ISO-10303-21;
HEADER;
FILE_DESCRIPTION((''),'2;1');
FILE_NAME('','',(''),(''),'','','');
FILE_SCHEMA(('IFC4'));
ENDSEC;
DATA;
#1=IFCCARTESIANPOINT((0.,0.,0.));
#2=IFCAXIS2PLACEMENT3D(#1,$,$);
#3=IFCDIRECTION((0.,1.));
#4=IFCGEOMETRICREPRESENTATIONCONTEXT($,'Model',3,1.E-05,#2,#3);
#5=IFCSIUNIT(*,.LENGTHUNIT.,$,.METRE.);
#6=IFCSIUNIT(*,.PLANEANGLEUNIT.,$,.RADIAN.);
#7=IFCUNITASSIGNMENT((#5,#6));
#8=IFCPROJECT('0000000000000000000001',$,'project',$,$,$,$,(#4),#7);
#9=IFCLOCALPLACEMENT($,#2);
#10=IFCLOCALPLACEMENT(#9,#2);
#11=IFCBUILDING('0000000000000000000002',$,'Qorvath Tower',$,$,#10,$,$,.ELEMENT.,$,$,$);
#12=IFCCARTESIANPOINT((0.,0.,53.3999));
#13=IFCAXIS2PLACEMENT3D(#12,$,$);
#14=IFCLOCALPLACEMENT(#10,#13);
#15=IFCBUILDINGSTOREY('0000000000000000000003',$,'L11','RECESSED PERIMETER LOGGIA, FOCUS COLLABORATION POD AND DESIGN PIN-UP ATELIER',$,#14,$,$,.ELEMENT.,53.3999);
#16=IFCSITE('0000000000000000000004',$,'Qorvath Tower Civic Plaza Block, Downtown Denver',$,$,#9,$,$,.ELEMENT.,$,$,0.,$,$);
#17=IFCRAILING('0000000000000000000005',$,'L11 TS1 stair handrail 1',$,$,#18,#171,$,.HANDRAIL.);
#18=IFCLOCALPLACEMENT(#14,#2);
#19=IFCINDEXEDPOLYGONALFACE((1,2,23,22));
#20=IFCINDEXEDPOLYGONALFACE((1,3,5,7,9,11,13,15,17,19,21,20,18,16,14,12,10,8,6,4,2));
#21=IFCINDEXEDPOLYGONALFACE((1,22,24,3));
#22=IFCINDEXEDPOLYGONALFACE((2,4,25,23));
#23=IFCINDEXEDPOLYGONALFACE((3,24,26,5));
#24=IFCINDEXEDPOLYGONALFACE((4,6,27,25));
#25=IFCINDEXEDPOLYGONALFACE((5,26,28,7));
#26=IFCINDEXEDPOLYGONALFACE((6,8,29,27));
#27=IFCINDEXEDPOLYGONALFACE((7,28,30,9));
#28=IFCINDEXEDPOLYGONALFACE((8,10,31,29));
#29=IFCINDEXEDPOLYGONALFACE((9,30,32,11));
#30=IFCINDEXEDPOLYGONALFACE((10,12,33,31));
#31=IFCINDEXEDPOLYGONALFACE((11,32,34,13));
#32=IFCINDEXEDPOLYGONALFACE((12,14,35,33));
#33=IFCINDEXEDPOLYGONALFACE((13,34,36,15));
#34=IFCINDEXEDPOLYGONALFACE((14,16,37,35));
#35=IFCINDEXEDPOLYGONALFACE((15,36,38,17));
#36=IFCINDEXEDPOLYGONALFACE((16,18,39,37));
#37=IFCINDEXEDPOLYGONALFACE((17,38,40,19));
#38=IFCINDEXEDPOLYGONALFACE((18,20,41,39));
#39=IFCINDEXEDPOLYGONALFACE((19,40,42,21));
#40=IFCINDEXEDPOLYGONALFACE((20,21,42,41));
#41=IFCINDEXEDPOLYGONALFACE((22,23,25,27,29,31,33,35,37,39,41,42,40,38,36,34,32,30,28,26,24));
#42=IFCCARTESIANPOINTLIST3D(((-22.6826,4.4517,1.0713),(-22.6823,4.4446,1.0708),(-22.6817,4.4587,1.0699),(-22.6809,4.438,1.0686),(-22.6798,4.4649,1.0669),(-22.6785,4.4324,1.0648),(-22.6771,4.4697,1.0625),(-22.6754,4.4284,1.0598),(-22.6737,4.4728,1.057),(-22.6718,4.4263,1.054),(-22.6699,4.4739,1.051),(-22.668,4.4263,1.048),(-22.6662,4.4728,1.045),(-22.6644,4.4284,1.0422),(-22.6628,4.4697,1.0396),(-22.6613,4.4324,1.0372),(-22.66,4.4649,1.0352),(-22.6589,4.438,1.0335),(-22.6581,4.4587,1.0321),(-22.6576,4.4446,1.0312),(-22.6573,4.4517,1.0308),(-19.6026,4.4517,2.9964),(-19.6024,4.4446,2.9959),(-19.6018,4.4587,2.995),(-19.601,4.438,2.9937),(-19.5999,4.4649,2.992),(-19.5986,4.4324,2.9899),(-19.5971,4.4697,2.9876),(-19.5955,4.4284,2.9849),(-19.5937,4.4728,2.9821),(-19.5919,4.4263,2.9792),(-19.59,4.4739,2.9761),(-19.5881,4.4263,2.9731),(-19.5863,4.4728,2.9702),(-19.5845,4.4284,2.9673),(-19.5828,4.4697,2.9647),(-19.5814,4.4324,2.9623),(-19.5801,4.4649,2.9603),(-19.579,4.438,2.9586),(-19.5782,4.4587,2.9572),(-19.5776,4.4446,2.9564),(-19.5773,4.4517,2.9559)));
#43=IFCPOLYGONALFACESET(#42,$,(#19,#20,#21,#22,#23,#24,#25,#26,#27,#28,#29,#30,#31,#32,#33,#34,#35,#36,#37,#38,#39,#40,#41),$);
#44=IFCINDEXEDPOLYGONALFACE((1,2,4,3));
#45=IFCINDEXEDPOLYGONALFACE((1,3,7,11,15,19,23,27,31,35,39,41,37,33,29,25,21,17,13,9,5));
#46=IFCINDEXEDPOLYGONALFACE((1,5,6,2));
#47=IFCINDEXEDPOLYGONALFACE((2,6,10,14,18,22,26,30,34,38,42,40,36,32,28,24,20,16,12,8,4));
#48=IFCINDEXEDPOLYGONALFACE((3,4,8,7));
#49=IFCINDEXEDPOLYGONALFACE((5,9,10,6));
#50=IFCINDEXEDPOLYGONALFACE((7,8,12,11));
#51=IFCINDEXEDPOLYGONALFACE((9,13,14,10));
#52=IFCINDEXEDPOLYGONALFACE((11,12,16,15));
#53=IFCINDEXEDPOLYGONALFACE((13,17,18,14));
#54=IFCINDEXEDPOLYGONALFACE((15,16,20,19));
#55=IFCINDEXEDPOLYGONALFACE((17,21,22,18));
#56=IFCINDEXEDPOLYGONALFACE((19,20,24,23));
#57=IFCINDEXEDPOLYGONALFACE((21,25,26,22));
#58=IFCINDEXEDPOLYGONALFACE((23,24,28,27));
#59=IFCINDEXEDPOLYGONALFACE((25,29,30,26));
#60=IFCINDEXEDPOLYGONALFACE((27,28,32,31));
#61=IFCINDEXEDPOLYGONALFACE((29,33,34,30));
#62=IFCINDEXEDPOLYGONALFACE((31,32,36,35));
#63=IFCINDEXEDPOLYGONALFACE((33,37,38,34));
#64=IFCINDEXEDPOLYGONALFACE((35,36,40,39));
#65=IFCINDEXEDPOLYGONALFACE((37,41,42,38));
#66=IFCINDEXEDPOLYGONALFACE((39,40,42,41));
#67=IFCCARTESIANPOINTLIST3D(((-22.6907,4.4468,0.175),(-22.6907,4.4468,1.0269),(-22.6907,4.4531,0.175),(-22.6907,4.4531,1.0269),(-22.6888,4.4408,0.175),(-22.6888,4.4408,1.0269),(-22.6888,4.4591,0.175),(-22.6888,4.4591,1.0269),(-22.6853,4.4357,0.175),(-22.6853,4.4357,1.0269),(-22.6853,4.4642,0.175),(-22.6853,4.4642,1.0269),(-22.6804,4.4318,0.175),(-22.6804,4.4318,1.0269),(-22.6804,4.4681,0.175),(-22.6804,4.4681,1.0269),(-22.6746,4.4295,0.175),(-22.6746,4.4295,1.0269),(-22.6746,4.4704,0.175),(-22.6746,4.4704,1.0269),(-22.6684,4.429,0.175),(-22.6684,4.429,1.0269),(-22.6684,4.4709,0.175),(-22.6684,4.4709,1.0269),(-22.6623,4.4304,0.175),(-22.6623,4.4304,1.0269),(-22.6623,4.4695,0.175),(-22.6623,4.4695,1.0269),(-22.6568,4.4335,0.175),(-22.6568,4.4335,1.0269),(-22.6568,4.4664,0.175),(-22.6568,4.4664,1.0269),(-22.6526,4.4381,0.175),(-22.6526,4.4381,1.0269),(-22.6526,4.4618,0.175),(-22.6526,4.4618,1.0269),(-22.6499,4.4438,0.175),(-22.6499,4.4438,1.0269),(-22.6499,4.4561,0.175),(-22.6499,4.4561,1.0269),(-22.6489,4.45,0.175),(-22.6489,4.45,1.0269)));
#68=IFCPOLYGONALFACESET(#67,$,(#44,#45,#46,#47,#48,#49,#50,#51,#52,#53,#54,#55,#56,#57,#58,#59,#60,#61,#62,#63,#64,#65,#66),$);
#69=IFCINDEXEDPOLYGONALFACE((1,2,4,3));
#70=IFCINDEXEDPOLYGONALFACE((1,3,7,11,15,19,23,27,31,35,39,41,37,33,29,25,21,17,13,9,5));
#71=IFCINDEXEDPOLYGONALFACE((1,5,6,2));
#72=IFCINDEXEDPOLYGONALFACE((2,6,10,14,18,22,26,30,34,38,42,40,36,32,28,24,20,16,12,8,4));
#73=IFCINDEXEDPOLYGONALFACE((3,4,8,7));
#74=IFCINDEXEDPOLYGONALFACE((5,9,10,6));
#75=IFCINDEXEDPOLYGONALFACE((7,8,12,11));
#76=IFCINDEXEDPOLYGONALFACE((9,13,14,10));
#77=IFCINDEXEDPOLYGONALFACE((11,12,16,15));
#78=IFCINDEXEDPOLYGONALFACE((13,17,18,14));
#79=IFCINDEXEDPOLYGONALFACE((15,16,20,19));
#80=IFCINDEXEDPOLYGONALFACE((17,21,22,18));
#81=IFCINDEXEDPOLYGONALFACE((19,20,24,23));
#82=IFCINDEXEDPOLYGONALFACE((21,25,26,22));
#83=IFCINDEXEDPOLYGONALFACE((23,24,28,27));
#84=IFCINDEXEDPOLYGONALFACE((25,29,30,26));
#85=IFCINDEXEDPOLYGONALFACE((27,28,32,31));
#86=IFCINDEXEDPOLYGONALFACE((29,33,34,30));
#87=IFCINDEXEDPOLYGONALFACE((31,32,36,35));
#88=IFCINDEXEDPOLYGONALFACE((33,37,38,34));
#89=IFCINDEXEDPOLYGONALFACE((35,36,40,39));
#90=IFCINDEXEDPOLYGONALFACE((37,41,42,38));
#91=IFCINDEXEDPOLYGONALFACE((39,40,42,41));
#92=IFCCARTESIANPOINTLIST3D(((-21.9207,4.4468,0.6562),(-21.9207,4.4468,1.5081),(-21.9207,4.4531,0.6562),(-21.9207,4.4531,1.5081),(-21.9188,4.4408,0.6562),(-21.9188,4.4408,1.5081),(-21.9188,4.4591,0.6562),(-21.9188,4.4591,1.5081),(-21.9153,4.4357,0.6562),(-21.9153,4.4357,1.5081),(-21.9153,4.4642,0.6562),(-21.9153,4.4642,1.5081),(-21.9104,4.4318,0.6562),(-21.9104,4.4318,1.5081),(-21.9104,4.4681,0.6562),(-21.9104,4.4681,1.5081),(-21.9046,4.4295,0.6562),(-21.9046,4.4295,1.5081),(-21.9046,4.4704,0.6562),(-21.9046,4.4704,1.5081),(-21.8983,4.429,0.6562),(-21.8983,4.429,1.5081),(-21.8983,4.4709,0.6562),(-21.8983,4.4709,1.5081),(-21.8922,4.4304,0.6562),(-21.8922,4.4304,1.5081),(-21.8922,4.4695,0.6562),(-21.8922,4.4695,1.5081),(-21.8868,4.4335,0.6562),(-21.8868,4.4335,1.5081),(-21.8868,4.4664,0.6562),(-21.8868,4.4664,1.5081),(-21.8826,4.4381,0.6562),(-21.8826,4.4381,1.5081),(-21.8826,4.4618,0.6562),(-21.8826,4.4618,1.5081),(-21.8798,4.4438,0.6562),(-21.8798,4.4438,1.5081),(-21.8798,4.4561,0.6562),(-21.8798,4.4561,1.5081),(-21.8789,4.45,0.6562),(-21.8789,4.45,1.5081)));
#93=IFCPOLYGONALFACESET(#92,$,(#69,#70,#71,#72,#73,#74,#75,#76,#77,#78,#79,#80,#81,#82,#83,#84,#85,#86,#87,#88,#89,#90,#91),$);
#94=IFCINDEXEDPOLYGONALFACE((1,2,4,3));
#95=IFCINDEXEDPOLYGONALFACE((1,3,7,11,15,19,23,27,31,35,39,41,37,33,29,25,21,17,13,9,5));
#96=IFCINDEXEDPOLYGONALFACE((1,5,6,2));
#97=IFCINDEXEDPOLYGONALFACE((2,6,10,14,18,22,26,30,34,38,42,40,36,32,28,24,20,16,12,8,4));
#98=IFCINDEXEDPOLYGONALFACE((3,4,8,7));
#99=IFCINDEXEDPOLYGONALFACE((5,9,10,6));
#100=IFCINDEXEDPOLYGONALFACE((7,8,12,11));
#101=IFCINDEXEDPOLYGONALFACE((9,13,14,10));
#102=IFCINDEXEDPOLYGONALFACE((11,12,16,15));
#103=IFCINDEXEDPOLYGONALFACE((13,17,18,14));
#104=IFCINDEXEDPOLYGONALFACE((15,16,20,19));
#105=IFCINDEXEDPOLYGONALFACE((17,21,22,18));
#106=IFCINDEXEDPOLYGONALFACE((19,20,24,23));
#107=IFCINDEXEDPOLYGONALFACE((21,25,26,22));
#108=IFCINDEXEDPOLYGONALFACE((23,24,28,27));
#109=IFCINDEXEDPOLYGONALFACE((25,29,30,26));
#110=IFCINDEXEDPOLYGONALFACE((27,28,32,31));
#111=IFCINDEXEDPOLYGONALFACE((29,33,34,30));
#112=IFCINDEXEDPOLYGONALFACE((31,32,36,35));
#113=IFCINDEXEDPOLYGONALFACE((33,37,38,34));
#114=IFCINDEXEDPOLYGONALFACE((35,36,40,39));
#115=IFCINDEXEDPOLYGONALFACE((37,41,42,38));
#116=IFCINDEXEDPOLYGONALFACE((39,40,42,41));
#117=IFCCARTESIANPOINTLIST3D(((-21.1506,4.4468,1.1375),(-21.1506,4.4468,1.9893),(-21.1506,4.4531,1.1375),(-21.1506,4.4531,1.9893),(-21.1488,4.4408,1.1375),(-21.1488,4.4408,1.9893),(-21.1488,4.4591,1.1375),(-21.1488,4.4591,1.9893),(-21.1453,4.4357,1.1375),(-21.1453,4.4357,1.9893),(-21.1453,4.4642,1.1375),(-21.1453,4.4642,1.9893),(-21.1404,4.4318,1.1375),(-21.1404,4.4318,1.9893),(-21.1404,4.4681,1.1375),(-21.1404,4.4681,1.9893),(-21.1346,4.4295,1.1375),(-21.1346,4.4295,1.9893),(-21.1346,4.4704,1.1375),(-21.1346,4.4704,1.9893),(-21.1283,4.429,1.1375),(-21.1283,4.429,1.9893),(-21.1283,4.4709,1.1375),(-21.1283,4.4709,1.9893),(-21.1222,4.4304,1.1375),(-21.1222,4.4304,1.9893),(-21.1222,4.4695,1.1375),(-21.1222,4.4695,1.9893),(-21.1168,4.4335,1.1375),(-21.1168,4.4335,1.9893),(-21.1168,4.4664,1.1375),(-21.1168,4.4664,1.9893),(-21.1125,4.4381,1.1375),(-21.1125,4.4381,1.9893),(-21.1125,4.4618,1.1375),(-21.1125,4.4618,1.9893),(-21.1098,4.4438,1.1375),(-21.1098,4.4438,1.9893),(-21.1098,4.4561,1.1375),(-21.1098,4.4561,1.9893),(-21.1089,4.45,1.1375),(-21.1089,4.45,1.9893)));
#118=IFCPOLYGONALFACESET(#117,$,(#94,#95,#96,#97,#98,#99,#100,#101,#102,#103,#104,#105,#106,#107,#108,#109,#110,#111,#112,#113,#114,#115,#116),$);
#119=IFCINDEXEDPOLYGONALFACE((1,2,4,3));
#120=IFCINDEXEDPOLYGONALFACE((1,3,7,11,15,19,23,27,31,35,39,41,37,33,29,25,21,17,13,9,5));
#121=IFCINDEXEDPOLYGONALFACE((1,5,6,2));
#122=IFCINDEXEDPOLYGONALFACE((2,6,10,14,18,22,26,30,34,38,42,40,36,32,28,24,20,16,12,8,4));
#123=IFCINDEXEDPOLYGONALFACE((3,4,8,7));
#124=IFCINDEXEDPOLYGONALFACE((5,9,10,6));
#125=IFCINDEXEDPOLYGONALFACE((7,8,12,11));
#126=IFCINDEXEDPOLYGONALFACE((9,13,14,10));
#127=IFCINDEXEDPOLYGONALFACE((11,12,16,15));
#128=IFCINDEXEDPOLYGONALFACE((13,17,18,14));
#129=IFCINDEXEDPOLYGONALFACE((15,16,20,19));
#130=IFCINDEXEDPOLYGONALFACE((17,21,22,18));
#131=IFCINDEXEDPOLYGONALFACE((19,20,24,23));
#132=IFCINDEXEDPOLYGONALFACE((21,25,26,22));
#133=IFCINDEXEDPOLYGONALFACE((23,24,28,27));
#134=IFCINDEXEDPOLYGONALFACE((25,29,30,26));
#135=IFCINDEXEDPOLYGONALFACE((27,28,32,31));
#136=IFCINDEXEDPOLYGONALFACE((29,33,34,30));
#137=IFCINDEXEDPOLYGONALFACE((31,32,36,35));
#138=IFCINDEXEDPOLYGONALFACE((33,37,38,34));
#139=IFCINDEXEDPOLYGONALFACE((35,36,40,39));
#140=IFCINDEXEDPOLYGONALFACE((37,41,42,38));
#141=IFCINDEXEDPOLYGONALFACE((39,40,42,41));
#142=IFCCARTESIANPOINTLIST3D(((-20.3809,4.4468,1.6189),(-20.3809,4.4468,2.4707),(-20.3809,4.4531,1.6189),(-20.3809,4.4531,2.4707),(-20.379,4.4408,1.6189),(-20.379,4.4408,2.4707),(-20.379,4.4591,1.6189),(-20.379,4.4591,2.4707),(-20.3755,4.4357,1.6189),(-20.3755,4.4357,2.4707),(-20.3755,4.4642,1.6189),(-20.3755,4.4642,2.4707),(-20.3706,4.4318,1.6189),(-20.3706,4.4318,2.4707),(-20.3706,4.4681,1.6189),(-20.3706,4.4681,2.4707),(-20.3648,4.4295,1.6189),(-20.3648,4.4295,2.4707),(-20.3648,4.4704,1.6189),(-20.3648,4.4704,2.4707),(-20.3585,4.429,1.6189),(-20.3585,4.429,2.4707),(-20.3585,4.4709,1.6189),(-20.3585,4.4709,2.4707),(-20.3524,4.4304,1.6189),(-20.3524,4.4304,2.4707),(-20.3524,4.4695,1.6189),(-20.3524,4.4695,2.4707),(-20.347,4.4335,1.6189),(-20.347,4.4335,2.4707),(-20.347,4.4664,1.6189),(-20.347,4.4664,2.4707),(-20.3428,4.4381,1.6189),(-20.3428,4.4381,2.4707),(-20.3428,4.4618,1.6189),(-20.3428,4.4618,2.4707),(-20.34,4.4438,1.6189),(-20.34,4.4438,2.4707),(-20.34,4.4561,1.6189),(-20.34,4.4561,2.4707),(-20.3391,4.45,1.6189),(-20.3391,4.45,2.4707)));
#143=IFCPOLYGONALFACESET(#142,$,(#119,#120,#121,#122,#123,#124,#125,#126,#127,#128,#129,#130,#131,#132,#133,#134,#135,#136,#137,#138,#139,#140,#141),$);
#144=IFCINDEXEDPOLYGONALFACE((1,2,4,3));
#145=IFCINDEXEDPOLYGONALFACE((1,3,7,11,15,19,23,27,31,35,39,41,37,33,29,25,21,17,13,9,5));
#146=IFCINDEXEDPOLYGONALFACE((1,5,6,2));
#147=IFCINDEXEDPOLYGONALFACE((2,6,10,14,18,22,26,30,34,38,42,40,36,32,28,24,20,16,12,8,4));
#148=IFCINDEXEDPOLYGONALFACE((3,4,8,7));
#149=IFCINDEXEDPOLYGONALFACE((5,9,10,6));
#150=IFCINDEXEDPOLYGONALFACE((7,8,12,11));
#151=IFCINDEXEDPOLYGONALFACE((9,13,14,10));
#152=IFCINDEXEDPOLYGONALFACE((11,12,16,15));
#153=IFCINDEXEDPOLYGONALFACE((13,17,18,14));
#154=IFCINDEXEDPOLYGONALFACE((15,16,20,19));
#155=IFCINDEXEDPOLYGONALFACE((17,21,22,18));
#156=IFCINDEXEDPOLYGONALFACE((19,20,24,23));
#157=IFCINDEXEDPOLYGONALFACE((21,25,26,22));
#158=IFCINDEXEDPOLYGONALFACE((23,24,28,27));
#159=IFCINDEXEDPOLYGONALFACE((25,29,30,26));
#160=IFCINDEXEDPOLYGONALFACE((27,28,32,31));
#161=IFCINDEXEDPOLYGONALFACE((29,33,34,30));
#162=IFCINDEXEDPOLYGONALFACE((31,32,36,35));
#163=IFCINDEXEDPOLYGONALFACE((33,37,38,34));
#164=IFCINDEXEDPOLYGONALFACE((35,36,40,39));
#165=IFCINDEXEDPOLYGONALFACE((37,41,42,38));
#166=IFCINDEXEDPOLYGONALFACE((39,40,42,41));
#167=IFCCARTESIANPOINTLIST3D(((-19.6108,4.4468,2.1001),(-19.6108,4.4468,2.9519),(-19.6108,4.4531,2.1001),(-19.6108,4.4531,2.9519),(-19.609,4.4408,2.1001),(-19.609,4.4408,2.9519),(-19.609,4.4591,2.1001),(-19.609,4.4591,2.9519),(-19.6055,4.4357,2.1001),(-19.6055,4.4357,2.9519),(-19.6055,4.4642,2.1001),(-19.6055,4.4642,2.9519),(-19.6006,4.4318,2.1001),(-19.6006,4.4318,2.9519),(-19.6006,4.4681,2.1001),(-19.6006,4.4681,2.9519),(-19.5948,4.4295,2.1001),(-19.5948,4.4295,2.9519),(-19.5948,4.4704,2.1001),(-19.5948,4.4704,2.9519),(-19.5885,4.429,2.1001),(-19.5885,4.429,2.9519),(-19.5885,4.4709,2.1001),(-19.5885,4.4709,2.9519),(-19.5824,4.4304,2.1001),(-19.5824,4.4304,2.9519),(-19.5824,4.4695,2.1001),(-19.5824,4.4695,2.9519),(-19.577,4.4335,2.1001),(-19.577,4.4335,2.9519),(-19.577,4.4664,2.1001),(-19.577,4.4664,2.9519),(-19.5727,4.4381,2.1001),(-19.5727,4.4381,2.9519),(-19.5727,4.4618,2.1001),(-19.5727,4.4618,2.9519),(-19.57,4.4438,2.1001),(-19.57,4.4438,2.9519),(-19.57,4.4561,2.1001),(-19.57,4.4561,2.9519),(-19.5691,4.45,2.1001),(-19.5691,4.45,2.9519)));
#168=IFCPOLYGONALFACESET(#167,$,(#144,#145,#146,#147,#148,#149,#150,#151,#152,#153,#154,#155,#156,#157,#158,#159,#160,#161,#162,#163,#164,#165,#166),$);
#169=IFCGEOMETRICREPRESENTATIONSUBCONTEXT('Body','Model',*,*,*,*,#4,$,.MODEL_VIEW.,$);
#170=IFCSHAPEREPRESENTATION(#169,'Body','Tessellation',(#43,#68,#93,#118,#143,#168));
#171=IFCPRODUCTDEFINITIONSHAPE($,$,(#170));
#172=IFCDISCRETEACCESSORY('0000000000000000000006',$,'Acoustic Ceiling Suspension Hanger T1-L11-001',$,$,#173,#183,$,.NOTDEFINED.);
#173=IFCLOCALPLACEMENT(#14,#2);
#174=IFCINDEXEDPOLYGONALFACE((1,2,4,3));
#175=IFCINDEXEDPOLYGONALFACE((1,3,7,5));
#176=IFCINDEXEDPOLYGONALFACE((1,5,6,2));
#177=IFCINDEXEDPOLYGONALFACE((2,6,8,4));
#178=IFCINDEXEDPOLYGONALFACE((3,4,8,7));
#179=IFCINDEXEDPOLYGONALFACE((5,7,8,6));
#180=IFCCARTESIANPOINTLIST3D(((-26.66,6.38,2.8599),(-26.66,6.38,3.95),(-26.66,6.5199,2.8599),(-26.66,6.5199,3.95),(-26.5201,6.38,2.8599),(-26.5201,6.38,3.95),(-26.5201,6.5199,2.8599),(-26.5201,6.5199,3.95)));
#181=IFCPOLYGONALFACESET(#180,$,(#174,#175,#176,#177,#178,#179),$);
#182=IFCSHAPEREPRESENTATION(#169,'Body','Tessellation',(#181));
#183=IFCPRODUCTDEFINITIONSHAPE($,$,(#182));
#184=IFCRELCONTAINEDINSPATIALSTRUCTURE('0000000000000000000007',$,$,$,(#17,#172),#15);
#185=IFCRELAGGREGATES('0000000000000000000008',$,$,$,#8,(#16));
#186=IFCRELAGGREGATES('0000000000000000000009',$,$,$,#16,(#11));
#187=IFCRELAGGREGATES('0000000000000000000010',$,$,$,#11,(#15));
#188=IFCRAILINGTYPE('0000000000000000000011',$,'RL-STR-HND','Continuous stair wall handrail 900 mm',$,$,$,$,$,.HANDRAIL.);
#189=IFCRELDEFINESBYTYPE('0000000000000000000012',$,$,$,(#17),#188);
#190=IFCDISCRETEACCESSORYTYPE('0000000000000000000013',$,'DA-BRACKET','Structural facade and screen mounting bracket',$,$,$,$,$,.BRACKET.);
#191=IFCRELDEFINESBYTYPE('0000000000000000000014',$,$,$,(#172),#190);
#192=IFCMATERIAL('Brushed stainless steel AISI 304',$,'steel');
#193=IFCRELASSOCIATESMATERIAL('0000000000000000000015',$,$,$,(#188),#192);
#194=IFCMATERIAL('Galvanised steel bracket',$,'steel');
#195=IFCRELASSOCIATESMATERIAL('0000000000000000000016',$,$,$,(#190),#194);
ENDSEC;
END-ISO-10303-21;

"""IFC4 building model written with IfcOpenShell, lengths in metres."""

from ifc_helpers import new_model, si_unit, direction, frame, origin, origin_2d, place, context, subcontext, project, spatial, rectangle, circle, extrude, material, type_object, element, save


model = new_model("IFC4")

# Units and contexts
model_context = context("Model", 3, precision=1e-05, world=origin(), true_north=direction((0.0, 1.0)))
body_context = subcontext(model_context, "Body", "Model", "MODEL_VIEW")
ifc_project = project(units=[si_unit("LENGTHUNIT", "METRE"), si_unit("PLANEANGLEUNIT", "RADIAN")], contexts=[model_context])

# Site, building, storey
site_placement = place(None, origin())
site = spatial("IfcSite", under=ifc_project, at=site_placement, Name="Qorvath Tower Civic Plaza Block, Downtown Denver", CompositionType="ELEMENT", RefElevation=0.0)
building_placement = place(site_placement, origin())
building = spatial("IfcBuilding", under=site, at=building_placement, Name="Qorvath Tower", CompositionType="ELEMENT")
storey_placement = place(building_placement, frame((0.0, 0.0, 53.3999)))
storey = spatial("IfcBuildingStorey", under=building, at=storey_placement, Name="L11", Description="RECESSED PERIMETER LOGGIA, FOCUS COLLABORATION POD AND DESIGN PIN-UP ATELIER", CompositionType="ELEMENT", Elevation=53.3999)

# Railing
ifc_material_1 = material(Name="Brushed stainless steel AISI 304", Category="steel")
railing_type_1 = type_object("IfcRailingType", Name="RL-STR-HND", Description="Continuous stair wall handrail 900 mm", PredefinedType="HANDRAIL", material=ifc_material_1)
railing_1_placement = place(storey_placement, frame((-22.6699, 4.45, 0.175)))
element("IfcRailing", 1, at=railing_1_placement, inside=storey, type_object=railing_type_1, Name="L11 TS1 stair handrail 1", PredefinedType="HANDRAIL", context=body_context, shape_type="SweptSolid", body=[
    extrude(circle(Radius=0.0239, at=origin_2d()), frame((0.0, 0.0, 0.876), z_axis=(0.847979, 0.0, 0.530029), x_axis=(0.0, 1.0, 0.0)), (0.0, 0.0, 1.0), 3.6321),
    extrude(circle(Radius=0.021, at=origin_2d()), origin(), (0.0, 0.0, 1.0), 0.8518),
    extrude(circle(Radius=0.021, at=origin_2d()), frame((0.77, 0.0, 0.4812)), (0.0, 0.0, 1.0), 0.8518),
    extrude(circle(Radius=0.021, at=origin_2d()), frame((1.54, 0.0, 0.9624)), (0.0, 0.0, 1.0), 0.8518),
    extrude(circle(Radius=0.021, at=origin_2d()), frame((2.3098, 0.0, 1.4438)), (0.0, 0.0, 1.0), 0.8518),
    extrude(circle(Radius=0.021, at=origin_2d()), frame((3.0798, 0.0, 1.925)), (0.0, 0.0, 1.0), 0.8518),
])

# Discrete accessory
ifc_material_2 = material(Name="Galvanised steel bracket", Category="steel")
discrete_accessory_type = type_object("IfcDiscreteAccessoryType", Name="DA-BRACKET", Description="Structural facade and screen mounting bracket", PredefinedType="BRACKET", material=ifc_material_2)
discrete_accessory_placement = place(storey_placement, frame((-26.5901, 6.45, 2.8599), z_axis=(0.0, 0.0, 1.0), x_axis=(1.0, 0.0, 0.0)))
element("IfcDiscreteAccessory", 2, at=discrete_accessory_placement, inside=storey, type_object=discrete_accessory_type, Name="Acoustic Ceiling Suspension Hanger T1-L11-001", PredefinedType="NOTDEFINED", context=body_context, shape_type="SweptSolid", body=[
    extrude(rectangle(XDim=0.1399, YDim=0.1399, at=origin_2d()), origin(), (0.0, 0.0, 1.0), 1.0901),
])

save(model, "model.ifc")
